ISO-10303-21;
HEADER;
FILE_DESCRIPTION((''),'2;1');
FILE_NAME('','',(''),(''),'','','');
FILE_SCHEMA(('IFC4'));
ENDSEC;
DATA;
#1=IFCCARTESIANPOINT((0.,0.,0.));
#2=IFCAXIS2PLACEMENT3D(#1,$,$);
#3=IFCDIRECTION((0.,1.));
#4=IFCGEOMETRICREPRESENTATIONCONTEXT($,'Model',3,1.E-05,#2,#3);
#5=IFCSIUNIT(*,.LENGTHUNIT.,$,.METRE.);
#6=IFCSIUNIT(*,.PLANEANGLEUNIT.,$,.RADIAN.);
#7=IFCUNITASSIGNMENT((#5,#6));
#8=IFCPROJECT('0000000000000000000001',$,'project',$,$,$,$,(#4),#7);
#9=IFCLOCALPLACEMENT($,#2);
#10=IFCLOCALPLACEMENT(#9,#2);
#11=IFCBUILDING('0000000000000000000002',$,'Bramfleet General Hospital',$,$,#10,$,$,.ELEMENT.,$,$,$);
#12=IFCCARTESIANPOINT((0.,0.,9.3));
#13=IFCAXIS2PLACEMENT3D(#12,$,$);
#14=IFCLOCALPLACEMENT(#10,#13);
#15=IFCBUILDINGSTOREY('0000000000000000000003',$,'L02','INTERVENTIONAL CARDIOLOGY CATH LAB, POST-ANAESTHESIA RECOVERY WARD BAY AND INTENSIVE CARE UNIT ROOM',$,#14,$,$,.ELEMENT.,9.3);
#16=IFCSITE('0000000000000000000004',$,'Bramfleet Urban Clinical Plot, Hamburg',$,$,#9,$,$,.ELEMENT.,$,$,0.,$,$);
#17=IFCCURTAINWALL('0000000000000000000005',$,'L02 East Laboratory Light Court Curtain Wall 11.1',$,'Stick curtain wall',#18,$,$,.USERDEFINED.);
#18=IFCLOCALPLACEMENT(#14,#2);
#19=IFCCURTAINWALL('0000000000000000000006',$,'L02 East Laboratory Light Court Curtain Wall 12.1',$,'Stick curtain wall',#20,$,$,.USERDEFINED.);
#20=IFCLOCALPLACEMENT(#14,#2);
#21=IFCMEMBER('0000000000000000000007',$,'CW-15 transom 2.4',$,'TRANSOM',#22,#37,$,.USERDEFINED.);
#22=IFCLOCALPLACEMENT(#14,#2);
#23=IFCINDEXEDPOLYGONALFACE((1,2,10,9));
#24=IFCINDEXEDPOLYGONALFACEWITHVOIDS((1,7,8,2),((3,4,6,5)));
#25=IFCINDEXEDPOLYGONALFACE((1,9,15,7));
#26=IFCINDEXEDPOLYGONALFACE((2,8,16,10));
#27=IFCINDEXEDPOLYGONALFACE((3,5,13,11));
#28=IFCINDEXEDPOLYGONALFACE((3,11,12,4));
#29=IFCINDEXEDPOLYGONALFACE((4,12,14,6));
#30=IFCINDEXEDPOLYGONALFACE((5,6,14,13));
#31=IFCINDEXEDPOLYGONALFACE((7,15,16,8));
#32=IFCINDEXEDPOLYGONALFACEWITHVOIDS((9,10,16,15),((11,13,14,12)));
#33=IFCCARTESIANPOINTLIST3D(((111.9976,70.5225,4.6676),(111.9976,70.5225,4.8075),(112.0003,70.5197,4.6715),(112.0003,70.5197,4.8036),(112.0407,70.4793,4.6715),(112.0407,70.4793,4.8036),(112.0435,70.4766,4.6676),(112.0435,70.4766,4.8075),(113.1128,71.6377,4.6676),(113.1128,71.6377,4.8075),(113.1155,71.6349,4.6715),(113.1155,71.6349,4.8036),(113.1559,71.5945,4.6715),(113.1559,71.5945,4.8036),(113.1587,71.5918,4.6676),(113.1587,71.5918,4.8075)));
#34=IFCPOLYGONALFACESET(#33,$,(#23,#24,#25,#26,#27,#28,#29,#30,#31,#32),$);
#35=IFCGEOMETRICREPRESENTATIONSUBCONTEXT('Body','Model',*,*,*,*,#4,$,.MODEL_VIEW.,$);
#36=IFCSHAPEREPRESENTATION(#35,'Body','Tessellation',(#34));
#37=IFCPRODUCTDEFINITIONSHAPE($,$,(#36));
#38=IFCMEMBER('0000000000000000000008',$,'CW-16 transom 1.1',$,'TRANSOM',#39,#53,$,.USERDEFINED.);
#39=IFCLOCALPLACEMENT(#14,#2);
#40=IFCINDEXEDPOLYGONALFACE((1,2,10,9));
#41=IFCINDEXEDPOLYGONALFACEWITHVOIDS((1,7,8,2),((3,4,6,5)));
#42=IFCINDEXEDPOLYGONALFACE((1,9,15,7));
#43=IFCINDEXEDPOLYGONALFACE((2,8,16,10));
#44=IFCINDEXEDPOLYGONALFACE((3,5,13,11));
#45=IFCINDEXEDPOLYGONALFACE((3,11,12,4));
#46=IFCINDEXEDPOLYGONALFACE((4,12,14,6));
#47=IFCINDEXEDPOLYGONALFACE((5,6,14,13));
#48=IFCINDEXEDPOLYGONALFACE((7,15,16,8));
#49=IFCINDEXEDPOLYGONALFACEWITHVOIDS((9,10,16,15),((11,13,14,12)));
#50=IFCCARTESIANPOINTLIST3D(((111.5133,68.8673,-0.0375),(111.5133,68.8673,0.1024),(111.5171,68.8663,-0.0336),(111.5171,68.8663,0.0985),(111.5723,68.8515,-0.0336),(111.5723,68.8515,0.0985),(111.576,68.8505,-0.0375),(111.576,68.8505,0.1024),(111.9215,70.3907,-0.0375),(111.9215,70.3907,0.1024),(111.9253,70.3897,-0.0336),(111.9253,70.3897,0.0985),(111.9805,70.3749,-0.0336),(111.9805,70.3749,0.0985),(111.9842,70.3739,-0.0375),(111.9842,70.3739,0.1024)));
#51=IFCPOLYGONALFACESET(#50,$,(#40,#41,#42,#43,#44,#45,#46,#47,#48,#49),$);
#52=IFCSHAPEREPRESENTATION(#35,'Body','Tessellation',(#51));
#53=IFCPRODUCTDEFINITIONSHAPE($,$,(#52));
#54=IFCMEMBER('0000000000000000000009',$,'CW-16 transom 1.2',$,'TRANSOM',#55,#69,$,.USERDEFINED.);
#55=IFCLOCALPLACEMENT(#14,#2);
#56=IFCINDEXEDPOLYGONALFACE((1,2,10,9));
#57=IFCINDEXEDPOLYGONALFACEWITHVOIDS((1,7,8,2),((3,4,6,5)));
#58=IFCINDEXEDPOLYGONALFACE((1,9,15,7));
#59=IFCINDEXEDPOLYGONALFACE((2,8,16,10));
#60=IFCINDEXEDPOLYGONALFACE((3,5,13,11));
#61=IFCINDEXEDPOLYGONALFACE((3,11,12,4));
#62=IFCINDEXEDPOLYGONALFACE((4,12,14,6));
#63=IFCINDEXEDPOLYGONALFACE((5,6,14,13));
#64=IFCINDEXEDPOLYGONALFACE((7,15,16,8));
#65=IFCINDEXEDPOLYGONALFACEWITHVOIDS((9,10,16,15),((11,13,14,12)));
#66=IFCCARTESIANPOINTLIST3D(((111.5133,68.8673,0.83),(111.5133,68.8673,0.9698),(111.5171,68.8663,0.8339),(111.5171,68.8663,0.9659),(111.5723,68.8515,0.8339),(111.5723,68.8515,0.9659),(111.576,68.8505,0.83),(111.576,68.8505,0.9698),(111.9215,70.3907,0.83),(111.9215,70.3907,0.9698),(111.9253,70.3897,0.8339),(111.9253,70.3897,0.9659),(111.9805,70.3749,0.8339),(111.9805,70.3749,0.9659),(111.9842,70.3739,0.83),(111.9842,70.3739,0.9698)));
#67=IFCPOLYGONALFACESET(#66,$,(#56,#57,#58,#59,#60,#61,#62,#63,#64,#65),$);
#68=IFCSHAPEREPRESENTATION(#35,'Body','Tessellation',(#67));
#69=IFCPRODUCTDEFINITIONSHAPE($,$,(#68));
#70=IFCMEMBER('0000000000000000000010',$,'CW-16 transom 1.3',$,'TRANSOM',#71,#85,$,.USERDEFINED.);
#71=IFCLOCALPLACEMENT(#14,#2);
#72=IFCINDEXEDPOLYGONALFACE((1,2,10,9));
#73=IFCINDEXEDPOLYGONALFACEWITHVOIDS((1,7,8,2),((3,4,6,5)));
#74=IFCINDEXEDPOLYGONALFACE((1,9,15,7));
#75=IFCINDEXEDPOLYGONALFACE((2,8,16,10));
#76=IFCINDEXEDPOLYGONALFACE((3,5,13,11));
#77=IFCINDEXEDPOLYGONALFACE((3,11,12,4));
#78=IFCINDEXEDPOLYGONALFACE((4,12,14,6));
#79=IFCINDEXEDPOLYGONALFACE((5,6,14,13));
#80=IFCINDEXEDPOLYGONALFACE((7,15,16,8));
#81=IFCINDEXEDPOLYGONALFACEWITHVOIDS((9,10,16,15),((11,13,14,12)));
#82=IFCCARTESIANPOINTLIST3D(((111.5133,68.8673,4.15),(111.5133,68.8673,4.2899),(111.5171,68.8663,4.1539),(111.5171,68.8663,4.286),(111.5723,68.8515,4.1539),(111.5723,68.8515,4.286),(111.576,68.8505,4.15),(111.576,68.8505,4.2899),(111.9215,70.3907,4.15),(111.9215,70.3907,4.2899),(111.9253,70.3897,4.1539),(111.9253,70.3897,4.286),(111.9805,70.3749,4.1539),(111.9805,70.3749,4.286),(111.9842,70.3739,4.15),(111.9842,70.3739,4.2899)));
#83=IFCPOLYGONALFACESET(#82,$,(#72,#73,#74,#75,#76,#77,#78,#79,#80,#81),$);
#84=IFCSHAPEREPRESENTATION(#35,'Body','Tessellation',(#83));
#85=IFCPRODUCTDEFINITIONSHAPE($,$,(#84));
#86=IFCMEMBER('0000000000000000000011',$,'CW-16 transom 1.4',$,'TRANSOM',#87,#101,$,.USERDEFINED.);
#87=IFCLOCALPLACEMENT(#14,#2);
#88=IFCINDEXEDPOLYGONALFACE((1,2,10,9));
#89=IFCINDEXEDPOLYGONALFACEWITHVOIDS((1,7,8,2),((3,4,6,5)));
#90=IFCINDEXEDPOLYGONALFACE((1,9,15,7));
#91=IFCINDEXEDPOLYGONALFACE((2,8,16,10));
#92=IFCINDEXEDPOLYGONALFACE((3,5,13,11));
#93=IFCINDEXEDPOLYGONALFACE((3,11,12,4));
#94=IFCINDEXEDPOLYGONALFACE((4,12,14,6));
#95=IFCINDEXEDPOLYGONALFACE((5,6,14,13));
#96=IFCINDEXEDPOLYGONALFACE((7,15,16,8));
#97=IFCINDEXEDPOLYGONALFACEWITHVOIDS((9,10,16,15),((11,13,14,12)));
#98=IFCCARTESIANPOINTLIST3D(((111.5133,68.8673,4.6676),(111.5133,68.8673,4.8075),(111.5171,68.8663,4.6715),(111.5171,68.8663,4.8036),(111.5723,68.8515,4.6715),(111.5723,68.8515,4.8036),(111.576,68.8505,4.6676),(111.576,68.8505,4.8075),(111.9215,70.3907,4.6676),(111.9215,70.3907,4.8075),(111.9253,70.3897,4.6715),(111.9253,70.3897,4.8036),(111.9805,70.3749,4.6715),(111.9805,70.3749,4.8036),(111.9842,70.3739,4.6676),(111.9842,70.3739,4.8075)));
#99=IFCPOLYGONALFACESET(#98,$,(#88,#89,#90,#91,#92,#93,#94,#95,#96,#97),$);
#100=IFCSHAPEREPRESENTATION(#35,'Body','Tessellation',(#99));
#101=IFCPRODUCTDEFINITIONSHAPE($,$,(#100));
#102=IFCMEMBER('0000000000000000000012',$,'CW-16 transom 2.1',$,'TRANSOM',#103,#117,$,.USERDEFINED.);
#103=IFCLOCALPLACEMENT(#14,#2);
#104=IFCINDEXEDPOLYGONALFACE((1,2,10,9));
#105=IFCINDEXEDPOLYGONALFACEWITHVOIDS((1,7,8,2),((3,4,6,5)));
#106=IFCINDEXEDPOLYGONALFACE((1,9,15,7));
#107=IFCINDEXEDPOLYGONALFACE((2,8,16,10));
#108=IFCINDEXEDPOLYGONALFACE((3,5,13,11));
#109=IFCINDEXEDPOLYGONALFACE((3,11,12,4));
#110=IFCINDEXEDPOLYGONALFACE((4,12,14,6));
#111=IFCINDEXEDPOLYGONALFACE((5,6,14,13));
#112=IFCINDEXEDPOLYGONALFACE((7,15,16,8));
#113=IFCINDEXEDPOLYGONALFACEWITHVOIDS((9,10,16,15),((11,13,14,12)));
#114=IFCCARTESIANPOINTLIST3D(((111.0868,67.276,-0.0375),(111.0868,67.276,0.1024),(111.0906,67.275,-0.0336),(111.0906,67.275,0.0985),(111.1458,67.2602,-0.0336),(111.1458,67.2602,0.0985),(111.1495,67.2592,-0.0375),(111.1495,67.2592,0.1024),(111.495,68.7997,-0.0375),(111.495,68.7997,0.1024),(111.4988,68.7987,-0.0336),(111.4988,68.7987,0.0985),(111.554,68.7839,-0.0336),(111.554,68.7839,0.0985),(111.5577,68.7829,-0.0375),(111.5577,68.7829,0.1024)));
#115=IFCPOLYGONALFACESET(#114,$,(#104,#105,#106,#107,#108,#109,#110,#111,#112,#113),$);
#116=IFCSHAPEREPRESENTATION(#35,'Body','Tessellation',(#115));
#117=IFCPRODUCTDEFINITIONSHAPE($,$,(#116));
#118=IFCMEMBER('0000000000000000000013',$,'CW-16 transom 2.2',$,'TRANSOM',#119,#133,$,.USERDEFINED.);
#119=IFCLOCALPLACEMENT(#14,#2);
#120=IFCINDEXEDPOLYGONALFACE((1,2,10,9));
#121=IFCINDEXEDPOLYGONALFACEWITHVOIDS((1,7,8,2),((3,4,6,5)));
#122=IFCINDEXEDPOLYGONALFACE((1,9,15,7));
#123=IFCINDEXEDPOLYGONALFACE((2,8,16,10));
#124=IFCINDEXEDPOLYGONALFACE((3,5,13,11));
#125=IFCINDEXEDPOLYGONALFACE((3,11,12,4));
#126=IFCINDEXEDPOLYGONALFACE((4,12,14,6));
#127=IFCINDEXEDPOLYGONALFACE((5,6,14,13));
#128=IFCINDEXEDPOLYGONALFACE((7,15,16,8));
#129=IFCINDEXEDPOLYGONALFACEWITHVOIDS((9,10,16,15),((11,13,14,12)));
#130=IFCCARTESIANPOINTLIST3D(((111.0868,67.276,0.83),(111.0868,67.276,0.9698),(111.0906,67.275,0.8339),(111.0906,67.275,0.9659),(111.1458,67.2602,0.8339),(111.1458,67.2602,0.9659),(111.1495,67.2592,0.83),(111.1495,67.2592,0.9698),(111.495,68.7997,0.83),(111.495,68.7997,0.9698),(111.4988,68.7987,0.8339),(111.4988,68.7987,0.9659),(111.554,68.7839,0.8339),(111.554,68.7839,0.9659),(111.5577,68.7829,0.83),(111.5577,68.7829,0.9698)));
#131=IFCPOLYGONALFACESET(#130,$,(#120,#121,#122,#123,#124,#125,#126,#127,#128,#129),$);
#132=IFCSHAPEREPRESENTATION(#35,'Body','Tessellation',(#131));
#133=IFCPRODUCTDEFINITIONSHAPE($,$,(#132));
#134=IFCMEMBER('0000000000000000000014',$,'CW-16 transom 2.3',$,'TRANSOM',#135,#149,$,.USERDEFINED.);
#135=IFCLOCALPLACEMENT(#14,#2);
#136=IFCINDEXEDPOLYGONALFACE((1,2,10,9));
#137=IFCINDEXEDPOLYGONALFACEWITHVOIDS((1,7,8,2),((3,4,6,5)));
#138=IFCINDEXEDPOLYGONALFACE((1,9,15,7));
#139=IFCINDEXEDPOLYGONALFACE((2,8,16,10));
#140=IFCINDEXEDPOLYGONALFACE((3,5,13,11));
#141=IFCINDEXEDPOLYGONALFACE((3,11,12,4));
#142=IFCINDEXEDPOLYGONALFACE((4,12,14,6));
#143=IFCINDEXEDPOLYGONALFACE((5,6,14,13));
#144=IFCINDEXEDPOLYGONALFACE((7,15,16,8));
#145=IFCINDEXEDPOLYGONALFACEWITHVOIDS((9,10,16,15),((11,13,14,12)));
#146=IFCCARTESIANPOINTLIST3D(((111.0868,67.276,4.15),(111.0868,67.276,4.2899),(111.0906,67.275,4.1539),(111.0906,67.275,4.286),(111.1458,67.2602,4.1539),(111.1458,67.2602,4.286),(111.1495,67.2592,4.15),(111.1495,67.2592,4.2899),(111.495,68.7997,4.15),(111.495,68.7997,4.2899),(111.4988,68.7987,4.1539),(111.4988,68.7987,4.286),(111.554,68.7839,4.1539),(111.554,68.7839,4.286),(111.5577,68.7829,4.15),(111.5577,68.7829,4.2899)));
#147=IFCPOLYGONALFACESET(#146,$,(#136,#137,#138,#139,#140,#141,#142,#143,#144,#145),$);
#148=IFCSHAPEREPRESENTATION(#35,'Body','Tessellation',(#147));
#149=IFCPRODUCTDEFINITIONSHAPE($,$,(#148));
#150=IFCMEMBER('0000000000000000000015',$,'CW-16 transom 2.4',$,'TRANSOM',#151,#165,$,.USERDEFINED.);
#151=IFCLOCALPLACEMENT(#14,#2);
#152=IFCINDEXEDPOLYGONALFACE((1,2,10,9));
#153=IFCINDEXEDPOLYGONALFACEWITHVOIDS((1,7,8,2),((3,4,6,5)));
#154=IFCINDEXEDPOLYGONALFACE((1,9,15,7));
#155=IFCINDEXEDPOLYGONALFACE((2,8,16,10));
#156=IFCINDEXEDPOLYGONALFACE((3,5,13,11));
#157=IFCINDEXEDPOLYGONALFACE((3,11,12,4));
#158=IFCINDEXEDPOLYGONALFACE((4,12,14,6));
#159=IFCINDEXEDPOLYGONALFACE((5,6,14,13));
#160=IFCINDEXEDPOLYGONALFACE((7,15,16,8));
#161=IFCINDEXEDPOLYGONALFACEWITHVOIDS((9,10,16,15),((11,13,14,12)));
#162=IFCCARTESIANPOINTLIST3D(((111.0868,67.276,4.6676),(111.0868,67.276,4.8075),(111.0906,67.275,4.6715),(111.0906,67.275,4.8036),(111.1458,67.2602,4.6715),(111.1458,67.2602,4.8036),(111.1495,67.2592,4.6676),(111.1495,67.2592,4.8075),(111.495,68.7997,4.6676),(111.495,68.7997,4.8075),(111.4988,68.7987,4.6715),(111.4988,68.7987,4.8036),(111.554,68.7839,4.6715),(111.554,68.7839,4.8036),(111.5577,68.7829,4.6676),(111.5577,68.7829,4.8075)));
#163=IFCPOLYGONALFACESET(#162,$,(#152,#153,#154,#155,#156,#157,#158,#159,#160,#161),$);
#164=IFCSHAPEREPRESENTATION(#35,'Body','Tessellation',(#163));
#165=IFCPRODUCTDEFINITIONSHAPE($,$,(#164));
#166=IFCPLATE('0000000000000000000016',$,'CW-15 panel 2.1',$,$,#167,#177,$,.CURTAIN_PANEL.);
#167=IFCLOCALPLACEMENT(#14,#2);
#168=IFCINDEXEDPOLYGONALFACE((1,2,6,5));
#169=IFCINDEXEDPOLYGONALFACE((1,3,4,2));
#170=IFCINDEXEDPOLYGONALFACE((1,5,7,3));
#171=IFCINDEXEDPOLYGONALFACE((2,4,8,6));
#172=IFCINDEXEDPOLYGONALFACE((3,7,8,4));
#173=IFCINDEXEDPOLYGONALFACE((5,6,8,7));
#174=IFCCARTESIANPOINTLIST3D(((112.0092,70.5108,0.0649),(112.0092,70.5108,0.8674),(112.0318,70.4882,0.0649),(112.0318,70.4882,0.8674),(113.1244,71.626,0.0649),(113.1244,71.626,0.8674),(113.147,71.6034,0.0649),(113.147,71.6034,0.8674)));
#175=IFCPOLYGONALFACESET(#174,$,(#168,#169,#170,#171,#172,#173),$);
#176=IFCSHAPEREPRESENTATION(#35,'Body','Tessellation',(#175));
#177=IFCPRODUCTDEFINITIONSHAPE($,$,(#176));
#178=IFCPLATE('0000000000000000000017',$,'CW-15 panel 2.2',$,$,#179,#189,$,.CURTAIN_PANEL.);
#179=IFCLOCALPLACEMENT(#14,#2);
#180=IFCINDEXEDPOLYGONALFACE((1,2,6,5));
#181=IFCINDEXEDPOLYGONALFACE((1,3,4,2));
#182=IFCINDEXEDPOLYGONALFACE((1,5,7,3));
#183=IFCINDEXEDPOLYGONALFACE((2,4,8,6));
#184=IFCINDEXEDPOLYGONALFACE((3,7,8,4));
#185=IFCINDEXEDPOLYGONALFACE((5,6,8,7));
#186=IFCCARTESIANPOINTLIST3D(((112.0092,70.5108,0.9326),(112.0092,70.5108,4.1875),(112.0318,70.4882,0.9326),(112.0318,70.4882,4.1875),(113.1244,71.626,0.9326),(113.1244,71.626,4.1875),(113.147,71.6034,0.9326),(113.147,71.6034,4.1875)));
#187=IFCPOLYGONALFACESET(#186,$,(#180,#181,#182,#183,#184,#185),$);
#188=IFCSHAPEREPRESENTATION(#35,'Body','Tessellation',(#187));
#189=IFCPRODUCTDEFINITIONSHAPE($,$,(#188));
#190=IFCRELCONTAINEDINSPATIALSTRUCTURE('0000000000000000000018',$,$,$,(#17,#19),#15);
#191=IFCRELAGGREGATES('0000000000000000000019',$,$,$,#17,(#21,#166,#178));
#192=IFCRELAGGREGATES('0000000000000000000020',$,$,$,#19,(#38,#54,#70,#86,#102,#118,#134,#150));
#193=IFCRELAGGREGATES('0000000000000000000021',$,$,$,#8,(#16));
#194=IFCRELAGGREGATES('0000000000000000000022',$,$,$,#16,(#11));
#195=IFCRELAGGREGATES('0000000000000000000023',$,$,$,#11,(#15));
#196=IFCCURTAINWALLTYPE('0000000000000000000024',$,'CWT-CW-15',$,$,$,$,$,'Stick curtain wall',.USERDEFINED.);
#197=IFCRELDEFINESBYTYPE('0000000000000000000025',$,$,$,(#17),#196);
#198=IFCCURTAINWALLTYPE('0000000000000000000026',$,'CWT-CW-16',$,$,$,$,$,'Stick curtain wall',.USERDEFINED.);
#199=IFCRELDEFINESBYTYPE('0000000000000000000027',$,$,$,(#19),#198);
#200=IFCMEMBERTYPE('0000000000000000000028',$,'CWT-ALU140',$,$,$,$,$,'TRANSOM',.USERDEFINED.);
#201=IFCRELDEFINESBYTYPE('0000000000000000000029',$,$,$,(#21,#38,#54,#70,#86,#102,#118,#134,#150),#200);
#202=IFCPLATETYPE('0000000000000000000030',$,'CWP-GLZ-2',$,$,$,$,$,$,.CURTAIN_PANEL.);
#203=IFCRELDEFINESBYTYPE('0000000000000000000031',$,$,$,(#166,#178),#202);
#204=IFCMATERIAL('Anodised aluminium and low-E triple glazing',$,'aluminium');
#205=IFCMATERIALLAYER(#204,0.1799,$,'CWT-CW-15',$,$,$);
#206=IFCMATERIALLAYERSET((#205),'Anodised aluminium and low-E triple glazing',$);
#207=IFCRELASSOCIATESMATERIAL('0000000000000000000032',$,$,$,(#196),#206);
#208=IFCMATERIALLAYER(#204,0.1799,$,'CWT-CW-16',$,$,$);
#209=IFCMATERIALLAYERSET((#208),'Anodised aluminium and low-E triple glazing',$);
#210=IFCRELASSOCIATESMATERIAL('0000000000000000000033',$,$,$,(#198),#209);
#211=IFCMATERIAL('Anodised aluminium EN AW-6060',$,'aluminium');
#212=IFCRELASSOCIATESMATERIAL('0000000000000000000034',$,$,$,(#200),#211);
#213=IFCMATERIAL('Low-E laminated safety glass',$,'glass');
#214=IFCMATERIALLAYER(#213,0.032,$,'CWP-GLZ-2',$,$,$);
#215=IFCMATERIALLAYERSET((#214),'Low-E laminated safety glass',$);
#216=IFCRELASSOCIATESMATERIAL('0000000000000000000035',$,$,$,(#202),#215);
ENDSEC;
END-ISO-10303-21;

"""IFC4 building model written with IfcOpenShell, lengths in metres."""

from ifc_helpers import new_model, si_unit, direction, frame, origin, origin_2d, place, context, subcontext, project, spatial, rectangle, hollow_rectangle, extrude, material, layer, layer_set, material_profile, profile_set, type_object, element, aggregate, save


model = new_model("IFC4")

# Units and contexts
model_context = context("Model", 3, precision=1e-05, world=origin(), true_north=direction((0.0, 1.0)))
body_context = subcontext(model_context, "Body", "Model", "MODEL_VIEW")
ifc_project = project(units=[si_unit("LENGTHUNIT", "METRE"), si_unit("PLANEANGLEUNIT", "RADIAN")], contexts=[model_context])

# Site, building, storey
site_placement = place(None, origin())
site = spatial("IfcSite", under=ifc_project, at=site_placement, Name="Bramfleet Urban Clinical Plot, Hamburg", CompositionType="ELEMENT", RefElevation=0.0)
building_placement = place(site_placement, origin())
building = spatial("IfcBuilding", under=site, at=building_placement, Name="Bramfleet General Hospital", CompositionType="ELEMENT")
storey_placement = place(building_placement, frame((0.0, 0.0, 9.3)))
storey = spatial("IfcBuildingStorey", under=building, at=storey_placement, Name="L02", Description="INTERVENTIONAL CARDIOLOGY CATH LAB, POST-ANAESTHESIA RECOVERY WARD BAY AND INTENSIVE CARE UNIT ROOM", CompositionType="ELEMENT", Elevation=9.3)

# Curtain walls
ifc_material_1 = material(Name="Anodised aluminium and low-E triple glazing", Category="aluminium")
ifc_layer_1 = layer(ifc_material_1, 0.1799, Name="CWT-CW-15")
ifc_layer_set_1 = layer_set([ifc_layer_1], Name="Anodised aluminium and low-E triple glazing")
curtain_wall_type_1 = type_object("IfcCurtainWallType", Name="CWT-CW-15", ElementType="Stick curtain wall", PredefinedType="USERDEFINED", material=ifc_layer_set_1)
curtain_wall_1_placement = place(storey_placement, origin())
curtain_wall_1 = element("IfcCurtainWall", 1, at=curtain_wall_1_placement, inside=storey, type_object=curtain_wall_type_1, Name="L02 East Laboratory Light Court Curtain Wall 11.1", ObjectType="Stick curtain wall", PredefinedType="USERDEFINED")
ifc_material_2 = material(Name="Anodised aluminium EN AW-6060", Category="aluminium")
ifc_layer_2 = layer(ifc_material_1, 0.1799, Name="CWT-CW-16")
ifc_layer_set_2 = layer_set([ifc_layer_2], Name="Anodised aluminium and low-E triple glazing")
curtain_wall_type_2 = type_object("IfcCurtainWallType", Name="CWT-CW-16", ElementType="Stick curtain wall", PredefinedType="USERDEFINED", material=ifc_layer_set_2)
curtain_wall_2_placement = place(storey_placement, origin())
curtain_wall_2 = element("IfcCurtainWall", 2, at=curtain_wall_2_placement, inside=storey, type_object=curtain_wall_type_2, Name="L02 East Laboratory Light Court Curtain Wall 12.1", ObjectType="Stick curtain wall", PredefinedType="USERDEFINED")

# Members
ifc_material_profile_1 = material_profile(ifc_material_2, hollow_rectangle(XDim=0.0649, YDim=0.1399, WallThickness=0.0039, at=origin_2d()), Name="ALU 140x65x4.0")
ifc_profile_set_1 = profile_set([ifc_material_profile_1], Name="Anodised aluminium EN AW-6060")
member_type_1 = type_object("IfcMemberType", Name="CWT-ALU140", ElementType="TRANSOM", PredefinedType="USERDEFINED", material=ifc_profile_set_1)
member_1_placement = place(storey_placement, frame((113.1357, 71.6147, 4.7375), z_axis=(-0.707107, -0.707107, 0.0), x_axis=(0.707107, -0.707107, 0.0)))
member_1 = element("IfcMember", 3, at=member_1_placement, type_object=member_type_1, Name="CW-15 transom 2.4", ObjectType="TRANSOM", PredefinedType="USERDEFINED", context=body_context, shape_type="SweptSolid", body=[
    extrude(hollow_rectangle(XDim=0.0649, YDim=0.1399, WallThickness=0.0039, at=origin_2d()), origin(), (0.0, 0.0, 1.0), 1.5771),
])
member_2_placement = place(storey_placement, frame((111.9529, 70.3823, 0.0325), z_axis=(-0.258819, -0.965926, 0.0), x_axis=(0.965926, -0.258819, 0.0)))
member_2 = element("IfcMember", 4, at=member_2_placement, type_object=member_type_1, Name="CW-16 transom 1.1", ObjectType="TRANSOM", PredefinedType="USERDEFINED", context=body_context, shape_type="SweptSolid", body=[
    extrude(hollow_rectangle(XDim=0.0649, YDim=0.1399, WallThickness=0.0039, at=origin_2d()), origin(), (0.0, 0.0, 1.0), 1.5771),
])
member_3_placement = place(storey_placement, frame((111.9529, 70.3823, 0.8999), z_axis=(-0.258819, -0.965926, 0.0), x_axis=(0.965926, -0.258819, 0.0)))
member_3 = element("IfcMember", 5, at=member_3_placement, type_object=member_type_1, Name="CW-16 transom 1.2", ObjectType="TRANSOM", PredefinedType="USERDEFINED", context=body_context, shape_type="SweptSolid", body=[
    extrude(hollow_rectangle(XDim=0.0649, YDim=0.1399, WallThickness=0.0039, at=origin_2d()), origin(), (0.0, 0.0, 1.0), 1.5771),
])
member_4_placement = place(storey_placement, frame((111.9529, 70.3823, 4.22), z_axis=(-0.258819, -0.965926, 0.0), x_axis=(0.965926, -0.258819, 0.0)))
member_4 = element("IfcMember", 6, at=member_4_placement, type_object=member_type_1, Name="CW-16 transom 1.3", ObjectType="TRANSOM", PredefinedType="USERDEFINED", context=body_context, shape_type="SweptSolid", body=[
    extrude(hollow_rectangle(XDim=0.0649, YDim=0.1399, WallThickness=0.0039, at=origin_2d()), origin(), (0.0, 0.0, 1.0), 1.5771),
])
member_5_placement = place(storey_placement, frame((111.9529, 70.3823, 4.7375), z_axis=(-0.258819, -0.965926, 0.0), x_axis=(0.965926, -0.258819, 0.0)))
member_5 = element("IfcMember", 7, at=member_5_placement, type_object=member_type_1, Name="CW-16 transom 1.4", ObjectType="TRANSOM", PredefinedType="USERDEFINED", context=body_context, shape_type="SweptSolid", body=[
    extrude(hollow_rectangle(XDim=0.0649, YDim=0.1399, WallThickness=0.0039, at=origin_2d()), origin(), (0.0, 0.0, 1.0), 1.5771),
])
member_6_placement = place(storey_placement, frame((111.5264, 68.7913, 0.0325), z_axis=(-0.25878, -0.965936, 0.0), x_axis=(0.965936, -0.25878, 0.0)))
member_6 = element("IfcMember", 8, at=member_6_placement, type_object=member_type_1, Name="CW-16 transom 2.1", ObjectType="TRANSOM", PredefinedType="USERDEFINED", context=body_context, shape_type="SweptSolid", body=[
    extrude(hollow_rectangle(XDim=0.0649, YDim=0.1399, WallThickness=0.0039, at=origin_2d()), origin(), (0.0, 0.0, 1.0), 1.5774),
])
member_7_placement = place(storey_placement, frame((111.5264, 68.7913, 0.8999), z_axis=(-0.25878, -0.965936, 0.0), x_axis=(0.965936, -0.25878, 0.0)))
member_7 = element("IfcMember", 9, at=member_7_placement, type_object=member_type_1, Name="CW-16 transom 2.2", ObjectType="TRANSOM", PredefinedType="USERDEFINED", context=body_context, shape_type="SweptSolid", body=[
    extrude(hollow_rectangle(XDim=0.0649, YDim=0.1399, WallThickness=0.0039, at=origin_2d()), origin(), (0.0, 0.0, 1.0), 1.5774),
])
member_8_placement = place(storey_placement, frame((111.5264, 68.7913, 4.22), z_axis=(-0.25878, -0.965936, 0.0), x_axis=(0.965936, -0.25878, 0.0)))
member_8 = element("IfcMember", 10, at=member_8_placement, type_object=member_type_1, Name="CW-16 transom 2.3", ObjectType="TRANSOM", PredefinedType="USERDEFINED", context=body_context, shape_type="SweptSolid", body=[
    extrude(hollow_rectangle(XDim=0.0649, YDim=0.1399, WallThickness=0.0039, at=origin_2d()), origin(), (0.0, 0.0, 1.0), 1.5774),
])
member_9_placement = place(storey_placement, frame((111.5264, 68.7913, 4.7375), z_axis=(-0.25878, -0.965936, 0.0), x_axis=(0.965936, -0.25878, 0.0)))
member_9 = element("IfcMember", 11, at=member_9_placement, type_object=member_type_1, Name="CW-16 transom 2.4", ObjectType="TRANSOM", PredefinedType="USERDEFINED", context=body_context, shape_type="SweptSolid", body=[
    extrude(hollow_rectangle(XDim=0.0649, YDim=0.1399, WallThickness=0.0039, at=origin_2d()), origin(), (0.0, 0.0, 1.0), 1.5774),
])

# Plates
ifc_material_3 = material(Name="Low-E laminated safety glass", Category="glass")
ifc_layer_3 = layer(ifc_material_3, 0.032, Name="CWP-GLZ-2")
ifc_layer_set_3 = layer_set([ifc_layer_3], Name="Low-E laminated safety glass")
plate_type = type_object("IfcPlateType", Name="CWP-GLZ-2", PredefinedType="CURTAIN_PANEL", material=ifc_layer_set_3)
plate_1_placement = place(storey_placement, frame((112.5781, 71.0571, 0.0649), z_axis=(0.0, 0.0, 1.0), x_axis=(-0.707107, -0.707107, 0.0)))
plate_1 = element("IfcPlate", 12, at=plate_1_placement, type_object=plate_type, Name="CW-15 panel 2.1", PredefinedType="CURTAIN_PANEL", context=body_context, shape_type="SweptSolid", body=[
    extrude(rectangle(XDim=1.5771, YDim=0.032, at=origin_2d()), origin(), (0.0, 0.0, 1.0), 0.8025),
])
plate_2_placement = place(storey_placement, frame((112.5781, 71.0571, 0.9326), z_axis=(0.0, 0.0, 1.0), x_axis=(-0.707107, -0.707107, 0.0)))
plate_2 = element("IfcPlate", 13, at=plate_2_placement, type_object=plate_type, Name="CW-15 panel 2.2", PredefinedType="CURTAIN_PANEL", context=body_context, shape_type="SweptSolid", body=[
    extrude(rectangle(XDim=1.5771, YDim=0.032, at=origin_2d()), origin(), (0.0, 0.0, 1.0), 3.2549),
])
aggregate(curtain_wall_1, [member_1, plate_1, plate_2])
aggregate(curtain_wall_2, [member_2, member_3, member_4, member_5, member_6, member_7, member_8, member_9])

save(model, "model.ifc")
